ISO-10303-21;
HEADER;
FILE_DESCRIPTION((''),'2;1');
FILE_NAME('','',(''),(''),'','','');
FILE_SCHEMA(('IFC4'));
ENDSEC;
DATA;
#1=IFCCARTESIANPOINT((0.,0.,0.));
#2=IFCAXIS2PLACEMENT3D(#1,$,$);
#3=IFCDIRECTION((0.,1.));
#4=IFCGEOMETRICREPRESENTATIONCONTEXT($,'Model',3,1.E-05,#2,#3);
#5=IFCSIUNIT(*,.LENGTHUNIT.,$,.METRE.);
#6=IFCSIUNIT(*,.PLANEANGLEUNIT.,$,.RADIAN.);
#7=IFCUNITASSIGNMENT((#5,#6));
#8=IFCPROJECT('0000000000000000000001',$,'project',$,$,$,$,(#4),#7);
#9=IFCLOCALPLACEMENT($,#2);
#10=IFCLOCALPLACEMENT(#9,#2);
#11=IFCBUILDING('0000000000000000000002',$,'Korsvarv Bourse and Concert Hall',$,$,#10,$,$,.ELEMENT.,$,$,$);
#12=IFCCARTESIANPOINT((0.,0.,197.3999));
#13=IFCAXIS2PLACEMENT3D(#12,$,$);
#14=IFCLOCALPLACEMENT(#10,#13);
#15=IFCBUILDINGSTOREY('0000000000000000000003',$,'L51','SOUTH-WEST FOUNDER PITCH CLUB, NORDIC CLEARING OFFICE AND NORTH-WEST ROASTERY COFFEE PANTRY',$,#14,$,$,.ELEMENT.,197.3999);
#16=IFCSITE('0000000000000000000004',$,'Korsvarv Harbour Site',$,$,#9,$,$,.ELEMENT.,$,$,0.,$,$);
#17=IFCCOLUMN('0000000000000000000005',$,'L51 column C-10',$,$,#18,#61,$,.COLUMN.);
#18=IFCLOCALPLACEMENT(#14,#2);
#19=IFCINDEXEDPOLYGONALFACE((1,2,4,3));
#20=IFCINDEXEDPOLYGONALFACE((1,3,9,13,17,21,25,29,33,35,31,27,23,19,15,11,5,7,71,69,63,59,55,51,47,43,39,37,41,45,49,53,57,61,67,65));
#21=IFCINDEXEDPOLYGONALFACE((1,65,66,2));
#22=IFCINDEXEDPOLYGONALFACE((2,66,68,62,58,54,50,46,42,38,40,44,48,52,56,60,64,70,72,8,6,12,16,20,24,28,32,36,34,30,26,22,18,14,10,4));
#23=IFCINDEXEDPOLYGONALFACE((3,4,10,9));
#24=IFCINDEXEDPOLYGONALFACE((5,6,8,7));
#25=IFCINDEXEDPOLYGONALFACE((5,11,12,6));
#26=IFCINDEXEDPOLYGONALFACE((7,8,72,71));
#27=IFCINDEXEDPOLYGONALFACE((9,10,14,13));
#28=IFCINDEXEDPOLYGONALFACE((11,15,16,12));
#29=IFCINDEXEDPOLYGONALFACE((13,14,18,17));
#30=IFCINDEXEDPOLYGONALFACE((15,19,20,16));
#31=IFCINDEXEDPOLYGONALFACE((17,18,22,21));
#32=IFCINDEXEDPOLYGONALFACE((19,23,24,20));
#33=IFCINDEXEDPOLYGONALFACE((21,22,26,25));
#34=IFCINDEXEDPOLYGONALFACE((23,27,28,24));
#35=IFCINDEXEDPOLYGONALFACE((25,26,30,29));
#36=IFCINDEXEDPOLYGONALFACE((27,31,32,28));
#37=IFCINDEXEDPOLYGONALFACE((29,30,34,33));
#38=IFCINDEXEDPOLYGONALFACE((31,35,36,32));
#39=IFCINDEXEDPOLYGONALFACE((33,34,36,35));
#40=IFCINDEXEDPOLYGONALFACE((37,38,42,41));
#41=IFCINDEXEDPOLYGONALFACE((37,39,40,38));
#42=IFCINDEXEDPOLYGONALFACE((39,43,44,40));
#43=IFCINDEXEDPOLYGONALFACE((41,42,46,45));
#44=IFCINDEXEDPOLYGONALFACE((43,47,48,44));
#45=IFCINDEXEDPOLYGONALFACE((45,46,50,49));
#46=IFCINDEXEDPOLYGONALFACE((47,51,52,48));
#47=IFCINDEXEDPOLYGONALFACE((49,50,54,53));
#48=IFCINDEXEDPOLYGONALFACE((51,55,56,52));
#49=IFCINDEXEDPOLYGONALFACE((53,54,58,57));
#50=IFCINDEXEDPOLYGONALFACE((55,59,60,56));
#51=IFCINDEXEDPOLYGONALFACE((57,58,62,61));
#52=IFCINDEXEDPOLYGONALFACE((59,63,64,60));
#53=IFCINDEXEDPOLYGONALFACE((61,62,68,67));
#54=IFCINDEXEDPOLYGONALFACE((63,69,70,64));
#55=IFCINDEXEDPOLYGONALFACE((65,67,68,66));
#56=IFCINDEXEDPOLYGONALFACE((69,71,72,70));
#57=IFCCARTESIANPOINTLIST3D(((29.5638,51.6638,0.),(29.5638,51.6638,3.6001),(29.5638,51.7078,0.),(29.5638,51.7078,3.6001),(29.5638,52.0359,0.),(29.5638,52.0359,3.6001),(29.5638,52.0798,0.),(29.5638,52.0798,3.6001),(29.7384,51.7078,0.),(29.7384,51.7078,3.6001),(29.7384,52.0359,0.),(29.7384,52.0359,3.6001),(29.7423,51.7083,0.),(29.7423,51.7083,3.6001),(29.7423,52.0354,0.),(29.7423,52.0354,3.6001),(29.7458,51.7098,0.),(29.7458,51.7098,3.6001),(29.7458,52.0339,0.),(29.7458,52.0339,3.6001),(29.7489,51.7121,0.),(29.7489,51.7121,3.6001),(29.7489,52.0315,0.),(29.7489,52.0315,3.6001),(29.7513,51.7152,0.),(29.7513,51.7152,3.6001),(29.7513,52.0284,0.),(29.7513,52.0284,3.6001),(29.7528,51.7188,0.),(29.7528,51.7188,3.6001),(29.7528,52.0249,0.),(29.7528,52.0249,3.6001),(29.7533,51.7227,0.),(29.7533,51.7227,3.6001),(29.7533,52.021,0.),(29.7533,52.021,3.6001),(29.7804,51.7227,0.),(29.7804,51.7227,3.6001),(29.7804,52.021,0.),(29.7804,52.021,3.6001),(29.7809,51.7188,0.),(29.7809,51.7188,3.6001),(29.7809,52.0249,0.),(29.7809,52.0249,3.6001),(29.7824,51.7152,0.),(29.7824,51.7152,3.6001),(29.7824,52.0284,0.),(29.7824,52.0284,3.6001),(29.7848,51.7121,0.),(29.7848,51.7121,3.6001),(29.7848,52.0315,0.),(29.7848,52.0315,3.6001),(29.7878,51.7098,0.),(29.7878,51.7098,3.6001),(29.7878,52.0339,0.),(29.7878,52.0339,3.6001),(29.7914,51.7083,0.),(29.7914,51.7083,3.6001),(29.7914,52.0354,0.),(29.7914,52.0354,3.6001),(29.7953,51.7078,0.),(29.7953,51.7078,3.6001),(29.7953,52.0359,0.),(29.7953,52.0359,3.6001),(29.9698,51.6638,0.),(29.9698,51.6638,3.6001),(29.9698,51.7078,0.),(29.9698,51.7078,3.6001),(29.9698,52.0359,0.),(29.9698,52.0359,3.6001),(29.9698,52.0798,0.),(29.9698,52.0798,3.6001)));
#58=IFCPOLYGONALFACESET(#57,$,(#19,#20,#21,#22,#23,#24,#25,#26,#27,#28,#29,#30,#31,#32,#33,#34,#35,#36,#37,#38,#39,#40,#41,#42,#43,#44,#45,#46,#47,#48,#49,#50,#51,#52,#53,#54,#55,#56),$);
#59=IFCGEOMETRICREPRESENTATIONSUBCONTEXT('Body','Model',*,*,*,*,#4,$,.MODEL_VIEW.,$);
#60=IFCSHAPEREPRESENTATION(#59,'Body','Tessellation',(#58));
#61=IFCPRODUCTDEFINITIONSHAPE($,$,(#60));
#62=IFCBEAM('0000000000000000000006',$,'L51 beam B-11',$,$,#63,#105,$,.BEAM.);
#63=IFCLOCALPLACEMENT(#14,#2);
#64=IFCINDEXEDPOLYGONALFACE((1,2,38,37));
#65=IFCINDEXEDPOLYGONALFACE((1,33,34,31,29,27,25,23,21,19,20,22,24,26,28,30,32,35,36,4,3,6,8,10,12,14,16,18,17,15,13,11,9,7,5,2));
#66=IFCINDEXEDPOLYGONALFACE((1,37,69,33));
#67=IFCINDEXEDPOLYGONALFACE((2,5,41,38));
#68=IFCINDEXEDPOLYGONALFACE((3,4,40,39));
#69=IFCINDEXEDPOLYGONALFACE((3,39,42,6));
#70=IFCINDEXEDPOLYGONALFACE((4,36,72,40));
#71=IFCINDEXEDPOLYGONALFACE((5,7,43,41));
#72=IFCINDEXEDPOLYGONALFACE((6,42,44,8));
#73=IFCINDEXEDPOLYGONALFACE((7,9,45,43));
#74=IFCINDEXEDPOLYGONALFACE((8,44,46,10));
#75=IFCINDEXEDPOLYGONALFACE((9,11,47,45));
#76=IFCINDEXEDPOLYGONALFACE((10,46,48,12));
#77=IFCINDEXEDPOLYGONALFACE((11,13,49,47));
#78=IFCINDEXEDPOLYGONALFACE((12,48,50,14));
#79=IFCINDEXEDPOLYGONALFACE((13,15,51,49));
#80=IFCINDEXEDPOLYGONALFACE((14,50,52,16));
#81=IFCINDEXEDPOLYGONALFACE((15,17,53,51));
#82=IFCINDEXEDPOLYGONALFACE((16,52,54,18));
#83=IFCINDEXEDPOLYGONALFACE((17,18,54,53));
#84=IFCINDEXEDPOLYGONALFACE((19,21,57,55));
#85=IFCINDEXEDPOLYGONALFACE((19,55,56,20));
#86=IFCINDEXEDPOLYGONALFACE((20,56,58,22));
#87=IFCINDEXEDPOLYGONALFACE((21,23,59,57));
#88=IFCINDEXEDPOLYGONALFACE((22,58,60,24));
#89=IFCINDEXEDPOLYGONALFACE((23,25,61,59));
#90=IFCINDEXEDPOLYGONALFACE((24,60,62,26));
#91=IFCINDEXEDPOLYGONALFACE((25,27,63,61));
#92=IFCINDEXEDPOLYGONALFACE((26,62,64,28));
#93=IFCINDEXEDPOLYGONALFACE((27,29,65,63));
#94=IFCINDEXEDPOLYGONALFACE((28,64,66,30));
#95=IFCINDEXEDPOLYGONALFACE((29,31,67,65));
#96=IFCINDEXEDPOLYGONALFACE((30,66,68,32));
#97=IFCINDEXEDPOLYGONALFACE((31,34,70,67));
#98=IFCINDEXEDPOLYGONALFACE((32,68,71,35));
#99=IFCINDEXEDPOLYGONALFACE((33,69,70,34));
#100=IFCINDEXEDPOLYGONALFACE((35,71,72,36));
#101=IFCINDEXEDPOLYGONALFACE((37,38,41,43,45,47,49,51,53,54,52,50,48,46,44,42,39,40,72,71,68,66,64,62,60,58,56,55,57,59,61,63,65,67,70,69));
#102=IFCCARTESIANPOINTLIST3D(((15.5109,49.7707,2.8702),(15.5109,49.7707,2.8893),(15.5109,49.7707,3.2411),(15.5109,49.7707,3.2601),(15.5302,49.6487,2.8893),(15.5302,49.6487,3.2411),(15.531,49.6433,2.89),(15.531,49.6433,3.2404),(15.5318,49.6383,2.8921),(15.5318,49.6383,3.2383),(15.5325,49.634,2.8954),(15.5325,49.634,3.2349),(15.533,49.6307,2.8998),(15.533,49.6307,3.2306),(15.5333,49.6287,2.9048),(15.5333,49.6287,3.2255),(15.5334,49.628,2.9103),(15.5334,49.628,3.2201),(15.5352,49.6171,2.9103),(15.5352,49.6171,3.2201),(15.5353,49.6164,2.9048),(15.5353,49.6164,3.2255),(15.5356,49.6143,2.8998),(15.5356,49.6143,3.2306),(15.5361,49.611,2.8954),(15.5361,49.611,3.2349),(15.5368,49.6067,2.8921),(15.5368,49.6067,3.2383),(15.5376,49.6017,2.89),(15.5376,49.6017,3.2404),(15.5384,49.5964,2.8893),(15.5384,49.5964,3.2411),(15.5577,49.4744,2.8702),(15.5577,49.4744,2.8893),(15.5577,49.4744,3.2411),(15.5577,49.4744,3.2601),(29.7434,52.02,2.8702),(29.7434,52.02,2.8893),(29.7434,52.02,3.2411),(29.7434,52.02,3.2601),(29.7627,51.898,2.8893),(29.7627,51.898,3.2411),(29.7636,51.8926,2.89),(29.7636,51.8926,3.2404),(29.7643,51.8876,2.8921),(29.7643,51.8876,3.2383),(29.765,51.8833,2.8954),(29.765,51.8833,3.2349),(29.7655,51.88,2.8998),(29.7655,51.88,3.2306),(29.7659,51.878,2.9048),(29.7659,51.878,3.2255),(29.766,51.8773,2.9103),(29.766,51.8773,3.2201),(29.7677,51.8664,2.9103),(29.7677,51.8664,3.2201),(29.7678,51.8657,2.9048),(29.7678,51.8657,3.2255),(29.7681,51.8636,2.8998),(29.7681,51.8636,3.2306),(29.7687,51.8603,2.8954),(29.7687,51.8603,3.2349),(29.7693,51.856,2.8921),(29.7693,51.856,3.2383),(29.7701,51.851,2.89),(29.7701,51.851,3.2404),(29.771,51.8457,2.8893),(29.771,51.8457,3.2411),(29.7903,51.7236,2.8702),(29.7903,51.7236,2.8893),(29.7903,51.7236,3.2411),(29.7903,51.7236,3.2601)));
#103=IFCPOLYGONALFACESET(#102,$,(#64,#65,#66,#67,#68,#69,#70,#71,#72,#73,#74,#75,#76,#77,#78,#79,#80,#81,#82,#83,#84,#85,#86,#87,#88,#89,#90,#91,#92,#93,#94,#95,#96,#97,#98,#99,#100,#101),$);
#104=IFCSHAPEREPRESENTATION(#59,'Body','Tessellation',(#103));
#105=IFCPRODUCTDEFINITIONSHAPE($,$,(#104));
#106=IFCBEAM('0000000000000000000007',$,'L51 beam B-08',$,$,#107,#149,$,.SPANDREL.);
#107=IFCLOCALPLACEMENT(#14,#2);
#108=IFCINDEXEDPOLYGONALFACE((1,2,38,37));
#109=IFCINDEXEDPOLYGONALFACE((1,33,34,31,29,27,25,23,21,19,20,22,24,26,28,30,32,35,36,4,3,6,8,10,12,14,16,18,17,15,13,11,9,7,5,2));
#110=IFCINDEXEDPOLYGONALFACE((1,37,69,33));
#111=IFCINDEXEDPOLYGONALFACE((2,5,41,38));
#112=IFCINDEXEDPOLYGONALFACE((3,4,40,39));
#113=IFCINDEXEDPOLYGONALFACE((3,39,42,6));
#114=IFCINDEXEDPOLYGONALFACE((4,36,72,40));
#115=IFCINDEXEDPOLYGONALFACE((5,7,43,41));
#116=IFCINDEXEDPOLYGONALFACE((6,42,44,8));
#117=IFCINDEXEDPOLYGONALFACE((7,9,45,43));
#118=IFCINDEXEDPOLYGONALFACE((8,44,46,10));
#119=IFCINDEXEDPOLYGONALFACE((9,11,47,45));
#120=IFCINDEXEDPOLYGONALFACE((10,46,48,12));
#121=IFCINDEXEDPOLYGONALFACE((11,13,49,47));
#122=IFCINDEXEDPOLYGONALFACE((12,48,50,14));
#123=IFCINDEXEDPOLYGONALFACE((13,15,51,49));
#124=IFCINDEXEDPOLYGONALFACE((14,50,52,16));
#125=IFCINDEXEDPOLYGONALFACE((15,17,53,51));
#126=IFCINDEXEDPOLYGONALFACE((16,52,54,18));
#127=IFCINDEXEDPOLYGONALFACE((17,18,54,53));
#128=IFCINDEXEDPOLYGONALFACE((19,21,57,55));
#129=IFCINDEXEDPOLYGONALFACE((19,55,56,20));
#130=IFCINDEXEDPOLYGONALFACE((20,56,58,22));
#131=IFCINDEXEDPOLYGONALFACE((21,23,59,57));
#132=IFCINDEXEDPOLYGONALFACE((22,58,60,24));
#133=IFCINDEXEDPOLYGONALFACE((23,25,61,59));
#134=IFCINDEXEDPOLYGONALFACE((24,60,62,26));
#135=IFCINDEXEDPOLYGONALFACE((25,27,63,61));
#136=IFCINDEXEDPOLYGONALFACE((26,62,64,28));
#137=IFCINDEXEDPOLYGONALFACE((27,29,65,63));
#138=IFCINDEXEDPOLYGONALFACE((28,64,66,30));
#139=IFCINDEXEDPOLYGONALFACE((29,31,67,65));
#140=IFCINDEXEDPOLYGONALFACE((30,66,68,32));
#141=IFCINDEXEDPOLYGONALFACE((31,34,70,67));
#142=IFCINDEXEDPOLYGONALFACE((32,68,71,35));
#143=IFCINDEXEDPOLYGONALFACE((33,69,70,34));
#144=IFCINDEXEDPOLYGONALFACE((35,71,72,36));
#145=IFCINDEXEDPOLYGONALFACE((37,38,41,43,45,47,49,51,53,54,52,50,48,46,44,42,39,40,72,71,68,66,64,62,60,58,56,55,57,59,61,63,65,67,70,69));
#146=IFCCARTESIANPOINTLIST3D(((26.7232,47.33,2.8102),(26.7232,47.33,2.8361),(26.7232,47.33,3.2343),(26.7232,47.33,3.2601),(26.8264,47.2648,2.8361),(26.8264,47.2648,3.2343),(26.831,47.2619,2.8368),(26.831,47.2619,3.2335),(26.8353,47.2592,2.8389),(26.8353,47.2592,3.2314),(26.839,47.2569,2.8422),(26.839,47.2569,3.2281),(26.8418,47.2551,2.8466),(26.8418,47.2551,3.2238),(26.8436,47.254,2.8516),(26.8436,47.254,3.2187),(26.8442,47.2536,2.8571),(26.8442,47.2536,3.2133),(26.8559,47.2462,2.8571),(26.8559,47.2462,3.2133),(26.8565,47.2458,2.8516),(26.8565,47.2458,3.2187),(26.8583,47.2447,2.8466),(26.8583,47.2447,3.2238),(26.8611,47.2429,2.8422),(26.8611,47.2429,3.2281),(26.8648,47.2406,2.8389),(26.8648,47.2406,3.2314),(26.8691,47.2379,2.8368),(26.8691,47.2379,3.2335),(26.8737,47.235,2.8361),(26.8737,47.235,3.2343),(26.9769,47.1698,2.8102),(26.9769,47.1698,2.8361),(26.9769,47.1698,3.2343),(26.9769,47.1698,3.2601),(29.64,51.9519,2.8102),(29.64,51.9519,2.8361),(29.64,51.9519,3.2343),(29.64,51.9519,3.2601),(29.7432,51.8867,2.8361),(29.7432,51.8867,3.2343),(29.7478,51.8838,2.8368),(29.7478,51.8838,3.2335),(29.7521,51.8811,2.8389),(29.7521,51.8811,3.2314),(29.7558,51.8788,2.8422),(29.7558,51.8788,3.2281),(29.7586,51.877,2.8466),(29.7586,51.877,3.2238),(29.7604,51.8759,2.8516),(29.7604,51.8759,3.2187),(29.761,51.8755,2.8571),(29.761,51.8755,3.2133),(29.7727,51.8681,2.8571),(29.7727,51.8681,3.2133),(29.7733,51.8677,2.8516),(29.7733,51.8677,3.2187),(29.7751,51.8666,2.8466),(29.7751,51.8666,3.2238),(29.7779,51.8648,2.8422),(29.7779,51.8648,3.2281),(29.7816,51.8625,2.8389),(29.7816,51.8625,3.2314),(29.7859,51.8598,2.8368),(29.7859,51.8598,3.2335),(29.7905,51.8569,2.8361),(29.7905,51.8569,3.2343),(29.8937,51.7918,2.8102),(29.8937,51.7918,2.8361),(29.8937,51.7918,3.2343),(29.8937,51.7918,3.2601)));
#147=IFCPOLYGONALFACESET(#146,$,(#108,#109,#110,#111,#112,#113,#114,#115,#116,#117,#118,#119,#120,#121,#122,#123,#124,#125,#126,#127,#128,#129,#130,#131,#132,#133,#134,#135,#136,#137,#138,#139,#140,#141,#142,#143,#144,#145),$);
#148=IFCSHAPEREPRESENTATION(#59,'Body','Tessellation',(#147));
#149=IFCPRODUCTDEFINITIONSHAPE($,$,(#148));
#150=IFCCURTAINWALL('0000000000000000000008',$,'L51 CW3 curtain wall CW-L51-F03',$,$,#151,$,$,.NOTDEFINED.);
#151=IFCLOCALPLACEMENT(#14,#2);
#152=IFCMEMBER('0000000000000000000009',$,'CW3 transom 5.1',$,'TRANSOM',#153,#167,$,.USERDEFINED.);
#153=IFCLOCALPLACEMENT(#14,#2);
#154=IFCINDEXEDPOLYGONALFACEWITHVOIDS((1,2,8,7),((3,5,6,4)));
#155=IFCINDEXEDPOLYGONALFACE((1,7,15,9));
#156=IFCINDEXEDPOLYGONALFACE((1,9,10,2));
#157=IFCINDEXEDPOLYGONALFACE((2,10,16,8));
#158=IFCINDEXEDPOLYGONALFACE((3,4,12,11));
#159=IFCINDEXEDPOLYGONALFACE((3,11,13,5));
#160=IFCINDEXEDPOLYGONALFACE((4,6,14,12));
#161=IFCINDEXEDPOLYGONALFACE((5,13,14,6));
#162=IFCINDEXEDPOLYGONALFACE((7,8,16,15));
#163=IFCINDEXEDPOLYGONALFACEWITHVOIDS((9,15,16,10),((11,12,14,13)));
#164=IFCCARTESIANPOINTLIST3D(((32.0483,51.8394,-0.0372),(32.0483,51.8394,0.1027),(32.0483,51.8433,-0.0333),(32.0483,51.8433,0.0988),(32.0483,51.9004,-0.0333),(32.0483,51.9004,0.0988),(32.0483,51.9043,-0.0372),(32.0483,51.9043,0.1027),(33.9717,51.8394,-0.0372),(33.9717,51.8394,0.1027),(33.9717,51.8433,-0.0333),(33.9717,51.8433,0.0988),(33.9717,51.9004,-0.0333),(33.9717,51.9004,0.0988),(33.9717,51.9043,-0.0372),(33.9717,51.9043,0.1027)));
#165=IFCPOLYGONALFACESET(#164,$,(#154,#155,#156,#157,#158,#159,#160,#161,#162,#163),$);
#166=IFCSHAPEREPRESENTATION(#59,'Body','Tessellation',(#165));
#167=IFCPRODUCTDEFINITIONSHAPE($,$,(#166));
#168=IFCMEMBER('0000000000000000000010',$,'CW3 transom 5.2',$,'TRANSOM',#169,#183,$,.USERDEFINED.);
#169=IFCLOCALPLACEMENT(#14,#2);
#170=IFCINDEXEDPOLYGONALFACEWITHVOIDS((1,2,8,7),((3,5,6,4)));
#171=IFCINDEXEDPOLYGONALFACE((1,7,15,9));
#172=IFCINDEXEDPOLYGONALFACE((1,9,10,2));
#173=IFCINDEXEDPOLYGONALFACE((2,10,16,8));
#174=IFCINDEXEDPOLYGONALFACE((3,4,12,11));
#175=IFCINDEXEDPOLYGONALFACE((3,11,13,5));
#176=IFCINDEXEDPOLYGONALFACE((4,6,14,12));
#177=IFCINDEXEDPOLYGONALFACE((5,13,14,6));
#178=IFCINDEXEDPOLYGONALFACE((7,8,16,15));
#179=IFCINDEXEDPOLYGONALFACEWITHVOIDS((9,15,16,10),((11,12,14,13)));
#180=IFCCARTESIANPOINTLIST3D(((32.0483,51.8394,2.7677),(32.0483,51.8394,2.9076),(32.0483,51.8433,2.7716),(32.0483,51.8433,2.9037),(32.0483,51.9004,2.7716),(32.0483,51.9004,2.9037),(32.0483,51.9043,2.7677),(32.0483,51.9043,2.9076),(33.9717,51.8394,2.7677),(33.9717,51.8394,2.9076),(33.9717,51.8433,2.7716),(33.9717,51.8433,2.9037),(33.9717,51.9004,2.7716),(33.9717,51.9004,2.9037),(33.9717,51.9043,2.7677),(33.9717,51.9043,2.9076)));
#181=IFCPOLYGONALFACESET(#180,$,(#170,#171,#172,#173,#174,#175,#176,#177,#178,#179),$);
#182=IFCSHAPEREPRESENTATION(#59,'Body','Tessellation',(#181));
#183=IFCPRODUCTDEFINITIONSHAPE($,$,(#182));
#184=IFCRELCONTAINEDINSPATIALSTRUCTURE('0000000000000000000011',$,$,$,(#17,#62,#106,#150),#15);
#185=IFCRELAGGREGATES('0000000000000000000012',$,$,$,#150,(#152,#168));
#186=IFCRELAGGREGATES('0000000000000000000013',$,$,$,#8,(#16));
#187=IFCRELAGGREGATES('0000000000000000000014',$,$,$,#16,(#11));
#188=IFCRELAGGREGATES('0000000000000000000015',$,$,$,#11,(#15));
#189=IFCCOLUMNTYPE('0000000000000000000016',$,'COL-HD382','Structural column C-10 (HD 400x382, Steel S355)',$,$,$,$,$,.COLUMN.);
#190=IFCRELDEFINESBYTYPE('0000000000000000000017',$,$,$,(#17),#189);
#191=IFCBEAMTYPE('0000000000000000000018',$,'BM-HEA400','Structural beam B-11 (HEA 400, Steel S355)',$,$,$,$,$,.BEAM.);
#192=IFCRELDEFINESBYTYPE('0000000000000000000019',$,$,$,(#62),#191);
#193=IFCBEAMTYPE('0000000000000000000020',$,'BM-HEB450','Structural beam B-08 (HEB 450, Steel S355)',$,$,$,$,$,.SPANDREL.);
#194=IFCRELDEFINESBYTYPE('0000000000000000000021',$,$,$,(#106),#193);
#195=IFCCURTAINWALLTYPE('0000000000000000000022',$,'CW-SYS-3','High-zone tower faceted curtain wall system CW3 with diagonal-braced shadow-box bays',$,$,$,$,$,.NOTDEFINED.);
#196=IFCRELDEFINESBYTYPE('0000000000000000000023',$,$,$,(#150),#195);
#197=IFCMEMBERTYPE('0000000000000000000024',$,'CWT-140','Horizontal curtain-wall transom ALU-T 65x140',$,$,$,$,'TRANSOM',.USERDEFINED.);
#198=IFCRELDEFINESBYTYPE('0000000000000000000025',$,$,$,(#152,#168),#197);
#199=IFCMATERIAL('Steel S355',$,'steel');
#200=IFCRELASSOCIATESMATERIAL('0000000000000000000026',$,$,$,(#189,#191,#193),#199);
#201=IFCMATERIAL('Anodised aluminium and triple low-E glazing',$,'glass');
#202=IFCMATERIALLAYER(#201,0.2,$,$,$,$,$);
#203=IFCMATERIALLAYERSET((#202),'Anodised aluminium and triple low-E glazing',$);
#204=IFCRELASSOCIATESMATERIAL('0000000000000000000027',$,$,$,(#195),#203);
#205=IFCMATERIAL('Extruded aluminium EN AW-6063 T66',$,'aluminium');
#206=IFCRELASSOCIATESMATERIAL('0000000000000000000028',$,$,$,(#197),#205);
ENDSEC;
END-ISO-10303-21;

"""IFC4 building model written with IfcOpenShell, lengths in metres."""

from ifc_helpers import new_model, si_unit, direction, frame, origin, origin_2d, place, context, subcontext, project, spatial, hollow_rectangle, i_section, extrude, source, transform, mapped, material, layer, layer_set, material_profile, profile_set, type_object, element, aggregate, save


model = new_model("IFC4")

# Units and contexts
model_context = context("Model", 3, precision=1e-05, world=origin(), true_north=direction((0.0, 1.0)))
body_context = subcontext(model_context, "Body", "Model", "MODEL_VIEW")
ifc_project = project(units=[si_unit("LENGTHUNIT", "METRE"), si_unit("PLANEANGLEUNIT", "RADIAN")], contexts=[model_context])

# Site, building, storey
site_placement = place(None, origin())
site = spatial("IfcSite", under=ifc_project, at=site_placement, Name="Korsvarv Harbour Site", CompositionType="ELEMENT", RefElevation=0.0)
building_placement = place(site_placement, origin())
building = spatial("IfcBuilding", under=site, at=building_placement, Name="Korsvarv Bourse and Concert Hall", CompositionType="ELEMENT")
storey_placement = place(building_placement, frame((0.0, 0.0, 197.3999)))
storey = spatial("IfcBuildingStorey", under=building, at=storey_placement, Name="L51", Description="SOUTH-WEST FOUNDER PITCH CLUB, NORDIC CLEARING OFFICE AND NORTH-WEST ROASTERY COFFEE PANTRY", CompositionType="ELEMENT", Elevation=197.3999)

# Column
ifc_material_1 = material(Name="Steel S355", Category="steel")
ifc_material_profile_1 = material_profile(ifc_material_1, i_section(OverallWidth=0.406, OverallDepth=0.416, WebThickness=0.0271, FlangeThickness=0.0439, FilletRadius=0.0149, at=origin_2d()), Name="HD 400x382")
ifc_profile_set_1 = profile_set([ifc_material_profile_1], Name="Steel S355")
column_type = type_object("IfcColumnType", Name="COL-HD382", Description="Structural column C-10 (HD 400x382, Steel S355)", PredefinedType="COLUMN", material=ifc_profile_set_1)
shared_shape_1 = source(origin(), body_context, "Body", "SweptSolid", [
    extrude(i_section(OverallWidth=0.406, OverallDepth=0.416, WebThickness=0.0271, FlangeThickness=0.0439, FilletRadius=0.0149, at=origin_2d()), origin(), (0.0, 0.0, 1.0), 3.6001),
])
column_placement = place(storey_placement, frame((29.7668, 51.8718, 0.0), z_axis=(0.0, 0.0, 1.0), x_axis=(1.0, 0.0, 0.0)))
element("IfcColumn", 1, at=column_placement, inside=storey, type_object=column_type, Name="L51 column C-10", PredefinedType="COLUMN", context=body_context, shape_type="MappedRepresentation", body=[
    mapped(shared_shape_1, transform((0.0, 0.0, 0.0), scale=1.0)),
])

# Beams
ifc_material_profile_2 = material_profile(ifc_material_1, i_section(OverallWidth=0.3, OverallDepth=0.3899, WebThickness=0.011, FlangeThickness=0.019, FilletRadius=0.021, at=origin_2d()), Name="HEA 400")
ifc_profile_set_2 = profile_set([ifc_material_profile_2], Name="Steel S355")
beam_type_1 = type_object("IfcBeamType", Name="BM-HEA400", Description="Structural beam B-11 (HEA 400, Steel S355)", PredefinedType="BEAM", material=ifc_profile_set_2)
shared_shape_2 = source(origin(), body_context, "Body", "SweptSolid", [
    extrude(i_section(OverallWidth=0.3, OverallDepth=0.3899, WebThickness=0.011, FlangeThickness=0.019, FilletRadius=0.021, at=origin_2d()), origin(), (0.0, 0.0, 1.0), 14.4092),
])
beam_1_placement = place(storey_placement, frame((29.7668, 51.8718, 3.0652), z_axis=(-0.987741, -0.156101, 0.0), x_axis=(0.156101, -0.987741, 0.0)))
element("IfcBeam", 2, at=beam_1_placement, inside=storey, type_object=beam_type_1, Name="L51 beam B-11", PredefinedType="BEAM", context=body_context, shape_type="MappedRepresentation", body=[
    mapped(shared_shape_2, transform((0.0, 0.0, 0.0), scale=1.0)),
])
ifc_material_profile_3 = material_profile(ifc_material_1, i_section(OverallWidth=0.3, OverallDepth=0.45, WebThickness=0.0139, FlangeThickness=0.0259, FilletRadius=0.021, at=origin_2d()), Name="HEB 450")
ifc_profile_set_3 = profile_set([ifc_material_profile_3], Name="Steel S355")
beam_type_2 = type_object("IfcBeamType", Name="BM-HEB450", Description="Structural beam B-08 (HEB 450, Steel S355)", PredefinedType="SPANDREL", material=ifc_profile_set_3)
shared_shape_3 = source(origin(), body_context, "Body", "SweptSolid", [
    extrude(i_section(OverallWidth=0.3, OverallDepth=0.45, WebThickness=0.0139, FlangeThickness=0.0259, FilletRadius=0.021, at=origin_2d()), origin(), (0.0, 0.0, 1.0), 5.4653),
])
beam_2_placement = place(storey_placement, frame((29.7668, 51.8718, 3.0352), z_axis=(-0.533692, -0.845679, 0.0), x_axis=(0.845679, -0.533692, 0.0)))
element("IfcBeam", 3, at=beam_2_placement, inside=storey, type_object=beam_type_2, Name="L51 beam B-08", PredefinedType="SPANDREL", context=body_context, shape_type="MappedRepresentation", body=[
    mapped(shared_shape_3, transform((0.0, 0.0, 0.0), scale=1.0)),
])

# Curtain wall, members
ifc_material_2 = material(Name="Anodised aluminium and triple low-E glazing", Category="glass")
ifc_layer_1 = layer(ifc_material_2, 0.2)
ifc_layer_set_1 = layer_set([ifc_layer_1], Name="Anodised aluminium and triple low-E glazing")
curtain_wall_type = type_object("IfcCurtainWallType", Name="CW-SYS-3", Description="High-zone tower faceted curtain wall system CW3 with diagonal-braced shadow-box bays", PredefinedType="NOTDEFINED", material=ifc_layer_set_1)
curtain_wall_placement = place(storey_placement, origin())
curtain_wall = element("IfcCurtainWall", 4, at=curtain_wall_placement, inside=storey, type_object=curtain_wall_type, Name="L51 CW3 curtain wall CW-L51-F03", PredefinedType="NOTDEFINED")
ifc_material_3 = material(Name="Extruded aluminium EN AW-6063 T66", Category="aluminium")
ifc_material_profile_4 = material_profile(ifc_material_3, hollow_rectangle(XDim=0.0649, YDim=0.1399, WallThickness=0.0039, at=origin_2d()), Name="ALU-T 65x140")
ifc_profile_set_4 = profile_set([ifc_material_profile_4], Name="Extruded aluminium EN AW-6063 T66")
member_type_1 = type_object("IfcMemberType", Name="CWT-140", Description="Horizontal curtain-wall transom ALU-T 65x140", ElementType="TRANSOM", PredefinedType="USERDEFINED", material=ifc_profile_set_4)
shared_shape_4 = source(origin(), body_context, "Body", "SweptSolid", [
    extrude(hollow_rectangle(XDim=0.0649, YDim=0.1399, WallThickness=0.0039, at=origin_2d()), origin(), (0.0, 0.0, 1.0), 1.9233),
])
member_1_placement = place(storey_placement, frame((33.9717, 51.8718, 0.0327), z_axis=(-1.0, 0.0, 0.0), x_axis=(0.0, -1.0, 0.0)))
member_1 = element("IfcMember", 5, at=member_1_placement, type_object=member_type_1, Name="CW3 transom 5.1", ObjectType="TRANSOM", PredefinedType="USERDEFINED", context=body_context, shape_type="MappedRepresentation", body=[
    mapped(shared_shape_4, transform((0.0, 0.0, 0.0), scale=1.0)),
])
member_2_placement = place(storey_placement, frame((33.9717, 51.8718, 2.8376), z_axis=(-1.0, 0.0, 0.0), x_axis=(0.0, -1.0, 0.0)))
member_2 = element("IfcMember", 6, at=member_2_placement, type_object=member_type_1, Name="CW3 transom 5.2", ObjectType="TRANSOM", PredefinedType="USERDEFINED", context=body_context, shape_type="MappedRepresentation", body=[
    mapped(shared_shape_4, transform((0.0, 0.0, 0.0), scale=1.0)),
])
aggregate(curtain_wall, [member_1, member_2])

save(model, "model.ifc")
